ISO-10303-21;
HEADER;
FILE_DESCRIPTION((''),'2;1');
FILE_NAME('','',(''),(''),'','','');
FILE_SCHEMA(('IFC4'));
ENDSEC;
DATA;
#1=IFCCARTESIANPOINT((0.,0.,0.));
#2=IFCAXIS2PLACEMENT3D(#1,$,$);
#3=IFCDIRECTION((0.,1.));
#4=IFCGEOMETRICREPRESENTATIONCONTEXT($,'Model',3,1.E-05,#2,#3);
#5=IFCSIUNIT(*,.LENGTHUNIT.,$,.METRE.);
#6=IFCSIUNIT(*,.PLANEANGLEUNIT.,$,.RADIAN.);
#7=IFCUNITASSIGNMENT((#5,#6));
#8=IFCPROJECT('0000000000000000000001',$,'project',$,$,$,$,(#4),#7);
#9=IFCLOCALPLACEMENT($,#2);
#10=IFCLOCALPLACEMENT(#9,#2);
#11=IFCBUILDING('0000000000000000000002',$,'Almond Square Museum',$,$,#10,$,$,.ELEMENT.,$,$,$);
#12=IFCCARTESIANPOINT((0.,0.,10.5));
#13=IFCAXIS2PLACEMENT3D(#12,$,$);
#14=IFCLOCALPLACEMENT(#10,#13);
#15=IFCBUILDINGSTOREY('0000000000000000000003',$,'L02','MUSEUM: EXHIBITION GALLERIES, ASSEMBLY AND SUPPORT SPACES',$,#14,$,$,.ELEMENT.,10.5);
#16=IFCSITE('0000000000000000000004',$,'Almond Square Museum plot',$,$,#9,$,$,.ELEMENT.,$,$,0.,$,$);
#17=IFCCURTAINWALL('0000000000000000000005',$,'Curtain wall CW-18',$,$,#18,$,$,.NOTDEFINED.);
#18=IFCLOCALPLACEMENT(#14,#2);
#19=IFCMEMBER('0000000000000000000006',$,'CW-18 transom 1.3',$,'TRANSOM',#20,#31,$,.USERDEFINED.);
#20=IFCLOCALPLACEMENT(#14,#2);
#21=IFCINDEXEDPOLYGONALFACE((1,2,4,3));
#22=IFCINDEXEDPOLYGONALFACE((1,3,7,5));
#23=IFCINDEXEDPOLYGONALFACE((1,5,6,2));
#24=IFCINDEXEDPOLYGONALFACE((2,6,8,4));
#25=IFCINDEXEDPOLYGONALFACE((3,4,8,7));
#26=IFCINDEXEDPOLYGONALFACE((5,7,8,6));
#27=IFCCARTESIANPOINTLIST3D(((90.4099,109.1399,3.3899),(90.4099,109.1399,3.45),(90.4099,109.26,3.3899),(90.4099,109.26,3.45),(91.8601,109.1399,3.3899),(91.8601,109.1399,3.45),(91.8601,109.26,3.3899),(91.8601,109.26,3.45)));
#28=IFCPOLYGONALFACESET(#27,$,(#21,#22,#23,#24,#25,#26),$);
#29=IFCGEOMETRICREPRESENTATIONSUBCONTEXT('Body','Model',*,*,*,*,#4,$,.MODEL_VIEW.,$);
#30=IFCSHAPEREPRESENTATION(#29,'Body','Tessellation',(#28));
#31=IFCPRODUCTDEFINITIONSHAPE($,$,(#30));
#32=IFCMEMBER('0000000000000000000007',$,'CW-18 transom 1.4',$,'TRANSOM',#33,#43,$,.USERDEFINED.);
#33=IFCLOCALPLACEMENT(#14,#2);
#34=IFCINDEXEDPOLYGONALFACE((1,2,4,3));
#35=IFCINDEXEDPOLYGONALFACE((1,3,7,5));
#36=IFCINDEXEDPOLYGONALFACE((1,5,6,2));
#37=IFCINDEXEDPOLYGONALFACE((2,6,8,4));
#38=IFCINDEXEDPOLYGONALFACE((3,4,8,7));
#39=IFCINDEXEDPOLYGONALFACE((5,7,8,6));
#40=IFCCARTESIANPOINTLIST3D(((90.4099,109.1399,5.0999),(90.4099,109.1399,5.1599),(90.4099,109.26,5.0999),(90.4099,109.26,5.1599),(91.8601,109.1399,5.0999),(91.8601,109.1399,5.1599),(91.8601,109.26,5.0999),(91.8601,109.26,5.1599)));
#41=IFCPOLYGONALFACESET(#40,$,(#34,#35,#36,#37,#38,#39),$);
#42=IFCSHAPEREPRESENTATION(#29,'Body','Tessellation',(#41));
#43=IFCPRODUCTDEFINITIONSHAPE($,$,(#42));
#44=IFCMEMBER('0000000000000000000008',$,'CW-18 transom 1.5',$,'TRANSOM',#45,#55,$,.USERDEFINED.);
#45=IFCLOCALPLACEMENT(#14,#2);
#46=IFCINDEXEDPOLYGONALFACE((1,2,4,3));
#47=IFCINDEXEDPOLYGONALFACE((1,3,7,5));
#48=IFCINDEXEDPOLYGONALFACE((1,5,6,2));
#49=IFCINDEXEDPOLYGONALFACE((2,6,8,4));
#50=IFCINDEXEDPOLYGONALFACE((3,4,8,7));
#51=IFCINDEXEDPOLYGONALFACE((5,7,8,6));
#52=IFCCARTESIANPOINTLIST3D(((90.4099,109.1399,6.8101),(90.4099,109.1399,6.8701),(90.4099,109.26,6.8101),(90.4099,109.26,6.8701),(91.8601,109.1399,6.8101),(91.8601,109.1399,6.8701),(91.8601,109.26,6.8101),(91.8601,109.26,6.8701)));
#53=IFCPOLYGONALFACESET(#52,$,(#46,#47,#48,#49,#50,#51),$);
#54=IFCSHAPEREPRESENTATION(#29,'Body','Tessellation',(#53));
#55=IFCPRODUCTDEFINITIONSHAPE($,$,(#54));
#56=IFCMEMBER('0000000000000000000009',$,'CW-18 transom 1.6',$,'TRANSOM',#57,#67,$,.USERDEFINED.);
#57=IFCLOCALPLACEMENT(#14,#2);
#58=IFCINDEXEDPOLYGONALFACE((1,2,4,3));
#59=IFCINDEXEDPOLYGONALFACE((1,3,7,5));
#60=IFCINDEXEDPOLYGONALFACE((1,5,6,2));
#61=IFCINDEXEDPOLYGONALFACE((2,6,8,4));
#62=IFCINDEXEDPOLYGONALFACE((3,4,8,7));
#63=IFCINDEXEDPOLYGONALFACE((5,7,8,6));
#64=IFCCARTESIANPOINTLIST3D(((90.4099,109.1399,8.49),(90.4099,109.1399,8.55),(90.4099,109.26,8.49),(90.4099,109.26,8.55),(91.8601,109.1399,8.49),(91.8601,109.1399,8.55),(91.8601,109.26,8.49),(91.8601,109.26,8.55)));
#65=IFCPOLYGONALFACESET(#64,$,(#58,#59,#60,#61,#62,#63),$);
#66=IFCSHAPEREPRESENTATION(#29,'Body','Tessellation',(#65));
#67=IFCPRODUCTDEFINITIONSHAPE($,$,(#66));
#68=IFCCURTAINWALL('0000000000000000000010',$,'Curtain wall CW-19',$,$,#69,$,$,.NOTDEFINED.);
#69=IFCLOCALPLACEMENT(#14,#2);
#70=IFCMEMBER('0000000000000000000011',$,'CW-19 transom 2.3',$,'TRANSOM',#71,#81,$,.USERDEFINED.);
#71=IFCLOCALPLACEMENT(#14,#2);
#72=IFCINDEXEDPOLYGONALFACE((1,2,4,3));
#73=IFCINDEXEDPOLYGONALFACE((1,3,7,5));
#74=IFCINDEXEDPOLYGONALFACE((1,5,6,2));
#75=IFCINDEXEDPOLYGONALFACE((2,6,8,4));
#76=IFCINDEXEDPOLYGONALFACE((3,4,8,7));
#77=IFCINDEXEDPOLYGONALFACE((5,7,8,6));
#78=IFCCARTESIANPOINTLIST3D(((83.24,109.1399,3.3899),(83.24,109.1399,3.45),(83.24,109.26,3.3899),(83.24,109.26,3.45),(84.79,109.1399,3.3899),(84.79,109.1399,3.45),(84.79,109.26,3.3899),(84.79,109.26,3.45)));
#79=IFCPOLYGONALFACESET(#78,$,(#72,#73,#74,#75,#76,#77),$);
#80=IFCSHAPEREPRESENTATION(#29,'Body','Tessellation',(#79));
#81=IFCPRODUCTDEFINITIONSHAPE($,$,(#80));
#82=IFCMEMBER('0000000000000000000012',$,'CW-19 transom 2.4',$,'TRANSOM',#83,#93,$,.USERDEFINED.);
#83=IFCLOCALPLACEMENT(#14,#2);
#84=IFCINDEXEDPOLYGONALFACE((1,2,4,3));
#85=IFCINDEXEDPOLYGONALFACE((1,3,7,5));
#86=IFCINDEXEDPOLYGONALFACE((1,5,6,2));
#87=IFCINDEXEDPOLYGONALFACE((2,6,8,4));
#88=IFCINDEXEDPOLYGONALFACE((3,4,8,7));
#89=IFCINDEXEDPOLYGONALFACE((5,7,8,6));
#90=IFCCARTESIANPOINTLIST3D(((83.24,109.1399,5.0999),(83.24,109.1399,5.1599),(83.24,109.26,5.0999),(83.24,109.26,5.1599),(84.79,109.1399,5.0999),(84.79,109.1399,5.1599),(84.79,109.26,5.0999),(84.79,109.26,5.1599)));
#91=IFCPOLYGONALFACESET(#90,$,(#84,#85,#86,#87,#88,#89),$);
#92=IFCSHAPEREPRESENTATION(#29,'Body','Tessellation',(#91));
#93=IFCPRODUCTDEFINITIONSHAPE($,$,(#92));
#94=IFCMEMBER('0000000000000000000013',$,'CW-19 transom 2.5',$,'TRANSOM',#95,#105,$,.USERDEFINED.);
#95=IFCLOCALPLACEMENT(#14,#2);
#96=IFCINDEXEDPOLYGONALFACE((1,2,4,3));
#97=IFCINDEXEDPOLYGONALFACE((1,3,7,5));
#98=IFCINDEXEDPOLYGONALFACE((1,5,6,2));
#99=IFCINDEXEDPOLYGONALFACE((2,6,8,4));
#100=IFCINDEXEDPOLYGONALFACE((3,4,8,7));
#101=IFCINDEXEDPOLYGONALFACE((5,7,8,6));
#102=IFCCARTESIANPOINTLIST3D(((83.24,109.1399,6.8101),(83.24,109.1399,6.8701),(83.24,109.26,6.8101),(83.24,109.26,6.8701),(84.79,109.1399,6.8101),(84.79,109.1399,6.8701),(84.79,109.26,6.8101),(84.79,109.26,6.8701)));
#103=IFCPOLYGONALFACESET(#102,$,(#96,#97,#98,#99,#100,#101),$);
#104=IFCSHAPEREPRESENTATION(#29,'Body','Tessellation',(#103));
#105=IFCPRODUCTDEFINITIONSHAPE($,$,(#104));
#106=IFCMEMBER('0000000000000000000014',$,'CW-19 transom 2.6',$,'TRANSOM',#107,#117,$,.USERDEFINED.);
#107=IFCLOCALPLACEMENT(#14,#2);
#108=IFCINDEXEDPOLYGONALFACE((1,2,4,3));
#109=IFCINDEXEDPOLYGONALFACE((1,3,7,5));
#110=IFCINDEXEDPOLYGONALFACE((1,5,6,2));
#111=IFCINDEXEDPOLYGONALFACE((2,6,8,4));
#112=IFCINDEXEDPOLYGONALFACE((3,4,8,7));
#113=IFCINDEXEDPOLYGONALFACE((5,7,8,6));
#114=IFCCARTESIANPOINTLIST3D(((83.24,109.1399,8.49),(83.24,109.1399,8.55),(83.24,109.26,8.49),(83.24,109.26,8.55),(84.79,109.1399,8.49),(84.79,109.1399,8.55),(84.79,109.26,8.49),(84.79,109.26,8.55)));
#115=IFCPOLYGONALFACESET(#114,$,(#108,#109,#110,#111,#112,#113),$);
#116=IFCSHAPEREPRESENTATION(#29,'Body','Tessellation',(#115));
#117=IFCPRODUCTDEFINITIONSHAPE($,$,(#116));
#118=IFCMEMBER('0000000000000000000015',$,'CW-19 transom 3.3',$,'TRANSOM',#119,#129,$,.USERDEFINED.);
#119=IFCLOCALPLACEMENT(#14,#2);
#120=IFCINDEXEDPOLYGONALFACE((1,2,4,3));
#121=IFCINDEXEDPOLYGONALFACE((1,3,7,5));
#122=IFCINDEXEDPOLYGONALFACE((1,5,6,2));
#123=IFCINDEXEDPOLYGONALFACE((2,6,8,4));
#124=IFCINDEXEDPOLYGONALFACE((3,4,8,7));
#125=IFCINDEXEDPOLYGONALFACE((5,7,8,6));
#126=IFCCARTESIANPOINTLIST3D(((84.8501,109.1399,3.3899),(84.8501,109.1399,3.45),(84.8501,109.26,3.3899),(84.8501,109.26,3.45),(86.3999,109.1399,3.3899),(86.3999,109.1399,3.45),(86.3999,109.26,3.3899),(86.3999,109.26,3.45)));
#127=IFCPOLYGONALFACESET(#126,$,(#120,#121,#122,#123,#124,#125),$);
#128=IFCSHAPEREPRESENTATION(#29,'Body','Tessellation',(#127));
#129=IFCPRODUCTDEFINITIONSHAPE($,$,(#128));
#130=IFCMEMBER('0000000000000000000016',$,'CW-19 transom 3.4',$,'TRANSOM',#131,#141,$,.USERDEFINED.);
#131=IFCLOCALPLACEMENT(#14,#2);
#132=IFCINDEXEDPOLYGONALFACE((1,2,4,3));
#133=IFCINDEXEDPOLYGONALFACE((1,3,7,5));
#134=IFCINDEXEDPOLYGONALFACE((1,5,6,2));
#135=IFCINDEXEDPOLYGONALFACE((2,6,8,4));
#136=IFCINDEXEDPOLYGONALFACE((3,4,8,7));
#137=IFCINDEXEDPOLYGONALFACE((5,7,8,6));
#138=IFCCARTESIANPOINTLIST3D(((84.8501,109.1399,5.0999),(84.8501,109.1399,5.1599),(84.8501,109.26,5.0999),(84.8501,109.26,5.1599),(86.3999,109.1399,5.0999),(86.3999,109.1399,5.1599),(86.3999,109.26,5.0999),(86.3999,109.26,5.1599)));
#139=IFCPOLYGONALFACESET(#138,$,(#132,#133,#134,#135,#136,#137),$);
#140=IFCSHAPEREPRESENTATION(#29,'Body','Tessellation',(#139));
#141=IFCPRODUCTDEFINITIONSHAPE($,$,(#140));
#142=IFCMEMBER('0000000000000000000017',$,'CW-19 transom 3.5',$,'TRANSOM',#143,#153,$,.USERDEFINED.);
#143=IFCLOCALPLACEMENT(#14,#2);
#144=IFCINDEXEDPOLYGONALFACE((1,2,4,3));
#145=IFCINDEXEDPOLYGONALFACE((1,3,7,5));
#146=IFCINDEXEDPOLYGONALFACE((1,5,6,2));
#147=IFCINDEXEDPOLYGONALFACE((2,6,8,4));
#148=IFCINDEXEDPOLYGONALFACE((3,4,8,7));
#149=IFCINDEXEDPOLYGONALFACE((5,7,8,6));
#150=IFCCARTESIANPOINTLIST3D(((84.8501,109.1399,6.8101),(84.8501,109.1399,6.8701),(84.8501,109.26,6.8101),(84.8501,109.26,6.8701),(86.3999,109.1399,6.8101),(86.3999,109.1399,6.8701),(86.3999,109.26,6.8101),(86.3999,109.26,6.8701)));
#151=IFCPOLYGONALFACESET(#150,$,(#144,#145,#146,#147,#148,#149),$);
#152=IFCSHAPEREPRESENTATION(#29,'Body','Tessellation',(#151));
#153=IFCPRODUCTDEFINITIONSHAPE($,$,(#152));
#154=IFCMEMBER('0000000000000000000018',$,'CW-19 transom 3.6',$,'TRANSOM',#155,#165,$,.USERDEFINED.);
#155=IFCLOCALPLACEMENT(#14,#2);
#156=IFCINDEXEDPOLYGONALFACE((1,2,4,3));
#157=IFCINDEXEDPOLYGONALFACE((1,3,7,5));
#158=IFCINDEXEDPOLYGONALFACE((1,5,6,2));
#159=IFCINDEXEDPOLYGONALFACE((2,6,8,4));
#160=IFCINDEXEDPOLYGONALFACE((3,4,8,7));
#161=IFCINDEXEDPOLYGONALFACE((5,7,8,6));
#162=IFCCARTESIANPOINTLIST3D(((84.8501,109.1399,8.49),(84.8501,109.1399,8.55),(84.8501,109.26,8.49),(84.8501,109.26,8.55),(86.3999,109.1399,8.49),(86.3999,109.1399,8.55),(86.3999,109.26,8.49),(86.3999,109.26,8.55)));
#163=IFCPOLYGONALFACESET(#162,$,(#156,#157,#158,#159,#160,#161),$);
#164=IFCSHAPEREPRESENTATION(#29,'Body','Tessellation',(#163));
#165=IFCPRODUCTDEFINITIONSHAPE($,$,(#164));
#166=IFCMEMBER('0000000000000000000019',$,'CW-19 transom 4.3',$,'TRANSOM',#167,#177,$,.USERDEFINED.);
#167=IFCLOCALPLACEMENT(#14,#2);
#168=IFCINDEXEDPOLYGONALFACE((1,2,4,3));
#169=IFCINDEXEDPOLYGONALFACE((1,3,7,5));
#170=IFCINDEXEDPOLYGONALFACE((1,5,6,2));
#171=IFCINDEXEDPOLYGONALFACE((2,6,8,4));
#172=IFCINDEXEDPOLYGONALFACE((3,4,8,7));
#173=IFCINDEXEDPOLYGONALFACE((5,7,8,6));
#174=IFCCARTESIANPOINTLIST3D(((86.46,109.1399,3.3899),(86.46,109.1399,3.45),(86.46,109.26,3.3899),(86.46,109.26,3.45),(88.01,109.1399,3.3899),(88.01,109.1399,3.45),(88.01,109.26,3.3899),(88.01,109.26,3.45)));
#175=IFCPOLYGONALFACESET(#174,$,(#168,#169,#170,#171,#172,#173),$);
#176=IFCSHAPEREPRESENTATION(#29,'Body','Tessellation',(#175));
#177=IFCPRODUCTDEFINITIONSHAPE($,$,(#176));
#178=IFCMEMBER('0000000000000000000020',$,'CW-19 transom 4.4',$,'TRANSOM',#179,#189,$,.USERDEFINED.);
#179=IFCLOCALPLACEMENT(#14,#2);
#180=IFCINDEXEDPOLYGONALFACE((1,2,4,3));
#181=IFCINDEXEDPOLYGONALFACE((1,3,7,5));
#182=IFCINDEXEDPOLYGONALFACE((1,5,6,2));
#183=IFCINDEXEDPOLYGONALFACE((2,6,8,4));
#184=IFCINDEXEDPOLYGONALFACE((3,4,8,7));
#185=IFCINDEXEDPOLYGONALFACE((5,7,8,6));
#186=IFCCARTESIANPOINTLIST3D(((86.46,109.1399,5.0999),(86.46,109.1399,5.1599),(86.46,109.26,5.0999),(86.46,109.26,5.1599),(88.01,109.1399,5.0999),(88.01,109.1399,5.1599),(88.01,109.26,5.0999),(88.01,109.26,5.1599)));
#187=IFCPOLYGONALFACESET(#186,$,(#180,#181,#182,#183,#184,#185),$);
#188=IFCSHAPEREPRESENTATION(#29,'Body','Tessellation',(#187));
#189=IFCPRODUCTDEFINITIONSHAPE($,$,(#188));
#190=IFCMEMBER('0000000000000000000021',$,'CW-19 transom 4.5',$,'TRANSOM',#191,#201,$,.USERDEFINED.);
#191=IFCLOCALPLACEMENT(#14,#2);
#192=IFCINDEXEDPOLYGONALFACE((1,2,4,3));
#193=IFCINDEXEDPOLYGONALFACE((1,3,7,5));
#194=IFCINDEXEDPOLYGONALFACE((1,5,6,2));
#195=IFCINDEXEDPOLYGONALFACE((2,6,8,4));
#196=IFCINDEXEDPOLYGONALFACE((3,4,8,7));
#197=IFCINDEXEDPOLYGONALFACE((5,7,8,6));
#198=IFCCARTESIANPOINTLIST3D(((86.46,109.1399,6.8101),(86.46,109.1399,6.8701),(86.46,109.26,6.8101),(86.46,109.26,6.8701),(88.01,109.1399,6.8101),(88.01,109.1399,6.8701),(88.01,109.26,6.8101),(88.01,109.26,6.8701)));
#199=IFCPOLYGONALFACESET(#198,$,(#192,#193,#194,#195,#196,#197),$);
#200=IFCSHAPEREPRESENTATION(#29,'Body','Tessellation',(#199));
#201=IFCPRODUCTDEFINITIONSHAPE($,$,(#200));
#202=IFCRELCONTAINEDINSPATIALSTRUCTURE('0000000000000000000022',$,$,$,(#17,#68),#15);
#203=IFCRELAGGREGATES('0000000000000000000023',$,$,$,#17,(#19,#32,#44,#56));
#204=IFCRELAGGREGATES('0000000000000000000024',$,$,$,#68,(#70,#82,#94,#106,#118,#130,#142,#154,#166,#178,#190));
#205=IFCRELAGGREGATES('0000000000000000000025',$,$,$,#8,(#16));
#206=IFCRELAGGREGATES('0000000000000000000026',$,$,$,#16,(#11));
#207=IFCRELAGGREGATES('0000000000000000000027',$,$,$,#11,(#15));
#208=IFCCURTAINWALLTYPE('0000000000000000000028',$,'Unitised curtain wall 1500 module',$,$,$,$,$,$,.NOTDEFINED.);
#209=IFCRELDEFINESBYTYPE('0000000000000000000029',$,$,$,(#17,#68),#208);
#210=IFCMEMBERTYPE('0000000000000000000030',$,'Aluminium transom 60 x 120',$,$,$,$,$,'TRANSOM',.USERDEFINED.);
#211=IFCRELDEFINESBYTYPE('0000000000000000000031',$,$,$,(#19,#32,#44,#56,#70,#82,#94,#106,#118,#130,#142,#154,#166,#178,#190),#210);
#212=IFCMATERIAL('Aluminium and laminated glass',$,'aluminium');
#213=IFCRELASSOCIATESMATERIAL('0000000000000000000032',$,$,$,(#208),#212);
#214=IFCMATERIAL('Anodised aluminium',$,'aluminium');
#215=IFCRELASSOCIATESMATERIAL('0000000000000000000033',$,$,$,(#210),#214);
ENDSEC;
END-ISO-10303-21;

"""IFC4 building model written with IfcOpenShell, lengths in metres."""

from ifc_helpers import new_model, si_unit, direction, frame, origin, origin_2d, place, context, subcontext, project, spatial, rectangle, extrude, material, material_profile, profile_set, type_object, element, aggregate, save


model = new_model("IFC4")

# Units and contexts
model_context = context("Model", 3, precision=1e-05, world=origin(), true_north=direction((0.0, 1.0)))
body_context = subcontext(model_context, "Body", "Model", "MODEL_VIEW")
ifc_project = project(units=[si_unit("LENGTHUNIT", "METRE"), si_unit("PLANEANGLEUNIT", "RADIAN")], contexts=[model_context])

# Site, building, storey
site_placement = place(None, origin())
site = spatial("IfcSite", under=ifc_project, at=site_placement, Name="Almond Square Museum plot", CompositionType="ELEMENT", RefElevation=0.0)
building_placement = place(site_placement, origin())
building = spatial("IfcBuilding", under=site, at=building_placement, Name="Almond Square Museum", CompositionType="ELEMENT")
storey_placement = place(building_placement, frame((0.0, 0.0, 10.5)))
storey = spatial("IfcBuildingStorey", under=building, at=storey_placement, Name="L02", Description="MUSEUM: EXHIBITION GALLERIES, ASSEMBLY AND SUPPORT SPACES", CompositionType="ELEMENT", Elevation=10.5)

# Curtain walls, members
ifc_material_1 = material(Name="Aluminium and laminated glass", Category="aluminium")
curtain_wall_type = type_object("IfcCurtainWallType", Name="Unitised curtain wall 1500 module", PredefinedType="NOTDEFINED", material=ifc_material_1)
curtain_wall_1_placement = place(storey_placement, origin())
curtain_wall_1 = element("IfcCurtainWall", 1, at=curtain_wall_1_placement, inside=storey, type_object=curtain_wall_type, Name="Curtain wall CW-18", PredefinedType="NOTDEFINED")
ifc_material_2 = material(Name="Anodised aluminium", Category="aluminium")
ifc_material_profile = material_profile(ifc_material_2, rectangle(XDim=0.1201, YDim=0.0601, at=origin_2d()))
ifc_profile_set = profile_set([ifc_material_profile], Name="Anodised aluminium")
member_type = type_object("IfcMemberType", Name="Aluminium transom 60 x 120", ElementType="TRANSOM", PredefinedType="USERDEFINED", material=ifc_profile_set)
member_1_placement = place(storey_placement, frame((90.4099, 109.2, 3.4199), z_axis=(1.0, 0.0, 0.0), x_axis=(0.0, 1.0, 0.0)))
member_1 = element("IfcMember", 2, at=member_1_placement, type_object=member_type, Name="CW-18 transom 1.3", ObjectType="TRANSOM", PredefinedType="USERDEFINED", context=body_context, shape_type="SweptSolid", body=[
    extrude(rectangle(XDim=0.1201, YDim=0.0601, at=origin_2d()), origin(), (0.0, 0.0, 1.0), 1.4502),
])
member_2_placement = place(storey_placement, frame((90.4099, 109.2, 5.1299), z_axis=(1.0, 0.0, 0.0), x_axis=(0.0, 1.0, 0.0)))
member_2 = element("IfcMember", 3, at=member_2_placement, type_object=member_type, Name="CW-18 transom 1.4", ObjectType="TRANSOM", PredefinedType="USERDEFINED", context=body_context, shape_type="SweptSolid", body=[
    extrude(rectangle(XDim=0.1201, YDim=0.0601, at=origin_2d()), origin(), (0.0, 0.0, 1.0), 1.4502),
])
member_3_placement = place(storey_placement, frame((90.4099, 109.2, 6.8401), z_axis=(1.0, 0.0, 0.0), x_axis=(0.0, 1.0, 0.0)))
member_3 = element("IfcMember", 4, at=member_3_placement, type_object=member_type, Name="CW-18 transom 1.5", ObjectType="TRANSOM", PredefinedType="USERDEFINED", context=body_context, shape_type="SweptSolid", body=[
    extrude(rectangle(XDim=0.1201, YDim=0.0601, at=origin_2d()), origin(), (0.0, 0.0, 1.0), 1.4502),
])
member_4_placement = place(storey_placement, frame((90.4099, 109.2, 8.52), z_axis=(1.0, 0.0, 0.0), x_axis=(0.0, 1.0, 0.0)))
member_4 = element("IfcMember", 5, at=member_4_placement, type_object=member_type, Name="CW-18 transom 1.6", ObjectType="TRANSOM", PredefinedType="USERDEFINED", context=body_context, shape_type="SweptSolid", body=[
    extrude(rectangle(XDim=0.1201, YDim=0.0601, at=origin_2d()), origin(), (0.0, 0.0, 1.0), 1.4502),
])
curtain_wall_2_placement = place(storey_placement, origin())
curtain_wall_2 = element("IfcCurtainWall", 6, at=curtain_wall_2_placement, inside=storey, type_object=curtain_wall_type, Name="Curtain wall CW-19", PredefinedType="NOTDEFINED")
member_5_placement = place(storey_placement, frame((83.24, 109.2, 3.4199), z_axis=(1.0, 0.0, 0.0), x_axis=(0.0, 1.0, 0.0)))
member_5 = element("IfcMember", 7, at=member_5_placement, type_object=member_type, Name="CW-19 transom 2.3", ObjectType="TRANSOM", PredefinedType="USERDEFINED", context=body_context, shape_type="SweptSolid", body=[
    extrude(rectangle(XDim=0.1201, YDim=0.0601, at=origin_2d()), origin(), (0.0, 0.0, 1.0), 1.55),
])
member_6_placement = place(storey_placement, frame((83.24, 109.2, 5.1299), z_axis=(1.0, 0.0, 0.0), x_axis=(0.0, 1.0, 0.0)))
member_6 = element("IfcMember", 8, at=member_6_placement, type_object=member_type, Name="CW-19 transom 2.4", ObjectType="TRANSOM", PredefinedType="USERDEFINED", context=body_context, shape_type="SweptSolid", body=[
    extrude(rectangle(XDim=0.1201, YDim=0.0601, at=origin_2d()), origin(), (0.0, 0.0, 1.0), 1.55),
])
member_7_placement = place(storey_placement, frame((83.24, 109.2, 6.8401), z_axis=(1.0, 0.0, 0.0), x_axis=(0.0, 1.0, 0.0)))
member_7 = element("IfcMember", 9, at=member_7_placement, type_object=member_type, Name="CW-19 transom 2.5", ObjectType="TRANSOM", PredefinedType="USERDEFINED", context=body_context, shape_type="SweptSolid", body=[
    extrude(rectangle(XDim=0.1201, YDim=0.0601, at=origin_2d()), origin(), (0.0, 0.0, 1.0), 1.55),
])
member_8_placement = place(storey_placement, frame((83.24, 109.2, 8.52), z_axis=(1.0, 0.0, 0.0), x_axis=(0.0, 1.0, 0.0)))
member_8 = element("IfcMember", 10, at=member_8_placement, type_object=member_type, Name="CW-19 transom 2.6", ObjectType="TRANSOM", PredefinedType="USERDEFINED", context=body_context, shape_type="SweptSolid", body=[
    extrude(rectangle(XDim=0.1201, YDim=0.0601, at=origin_2d()), origin(), (0.0, 0.0, 1.0), 1.55),
])
member_9_placement = place(storey_placement, frame((84.8501, 109.2, 3.4199), z_axis=(1.0, 0.0, 0.0), x_axis=(0.0, 1.0, 0.0)))
member_9 = element("IfcMember", 11, at=member_9_placement, type_object=member_type, Name="CW-19 transom 3.3", ObjectType="TRANSOM", PredefinedType="USERDEFINED", context=body_context, shape_type="SweptSolid", body=[
    extrude(rectangle(XDim=0.1201, YDim=0.0601, at=origin_2d()), origin(), (0.0, 0.0, 1.0), 1.5498),
])
member_10_placement = place(storey_placement, frame((84.8501, 109.2, 5.1299), z_axis=(1.0, 0.0, 0.0), x_axis=(0.0, 1.0, 0.0)))
member_10 = element("IfcMember", 12, at=member_10_placement, type_object=member_type, Name="CW-19 transom 3.4", ObjectType="TRANSOM", PredefinedType="USERDEFINED", context=body_context, shape_type="SweptSolid", body=[
    extrude(rectangle(XDim=0.1201, YDim=0.0601, at=origin_2d()), origin(), (0.0, 0.0, 1.0), 1.5498),
])
member_11_placement = place(storey_placement, frame((84.8501, 109.2, 6.8401), z_axis=(1.0, 0.0, 0.0), x_axis=(0.0, 1.0, 0.0)))
member_11 = element("IfcMember", 13, at=member_11_placement, type_object=member_type, Name="CW-19 transom 3.5", ObjectType="TRANSOM", PredefinedType="USERDEFINED", context=body_context, shape_type="SweptSolid", body=[
    extrude(rectangle(XDim=0.1201, YDim=0.0601, at=origin_2d()), origin(), (0.0, 0.0, 1.0), 1.5498),
])
member_12_placement = place(storey_placement, frame((84.8501, 109.2, 8.52), z_axis=(1.0, 0.0, 0.0), x_axis=(0.0, 1.0, 0.0)))
member_12 = element("IfcMember", 14, at=member_12_placement, type_object=member_type, Name="CW-19 transom 3.6", ObjectType="TRANSOM", PredefinedType="USERDEFINED", context=body_context, shape_type="SweptSolid", body=[
    extrude(rectangle(XDim=0.1201, YDim=0.0601, at=origin_2d()), origin(), (0.0, 0.0, 1.0), 1.5498),
])
member_13_placement = place(storey_placement, frame((86.46, 109.2, 3.4199), z_axis=(1.0, 0.0, 0.0), x_axis=(0.0, 1.0, 0.0)))
member_13 = element("IfcMember", 15, at=member_13_placement, type_object=member_type, Name="CW-19 transom 4.3", ObjectType="TRANSOM", PredefinedType="USERDEFINED", context=body_context, shape_type="SweptSolid", body=[
    extrude(rectangle(XDim=0.1201, YDim=0.0601, at=origin_2d()), origin(), (0.0, 0.0, 1.0), 1.55),
])
member_14_placement = place(storey_placement, frame((86.46, 109.2, 5.1299), z_axis=(1.0, 0.0, 0.0), x_axis=(0.0, 1.0, 0.0)))
member_14 = element("IfcMember", 16, at=member_14_placement, type_object=member_type, Name="CW-19 transom 4.4", ObjectType="TRANSOM", PredefinedType="USERDEFINED", context=body_context, shape_type="SweptSolid", body=[
    extrude(rectangle(XDim=0.1201, YDim=0.0601, at=origin_2d()), origin(), (0.0, 0.0, 1.0), 1.55),
])
member_15_placement = place(storey_placement, frame((86.46, 109.2, 6.8401), z_axis=(1.0, 0.0, 0.0), x_axis=(0.0, 1.0, 0.0)))
member_15 = element("IfcMember", 17, at=member_15_placement, type_object=member_type, Name="CW-19 transom 4.5", ObjectType="TRANSOM", PredefinedType="USERDEFINED", context=body_context, shape_type="SweptSolid", body=[
    extrude(rectangle(XDim=0.1201, YDim=0.0601, at=origin_2d()), origin(), (0.0, 0.0, 1.0), 1.55),
])

aggregate(curtain_wall_1, [member_1, member_2, member_3, member_4])
aggregate(curtain_wall_2, [member_5, member_6, member_7, member_8, member_9, member_10, member_11, member_12, member_13, member_14, member_15])

save(model, "model.ifc")
